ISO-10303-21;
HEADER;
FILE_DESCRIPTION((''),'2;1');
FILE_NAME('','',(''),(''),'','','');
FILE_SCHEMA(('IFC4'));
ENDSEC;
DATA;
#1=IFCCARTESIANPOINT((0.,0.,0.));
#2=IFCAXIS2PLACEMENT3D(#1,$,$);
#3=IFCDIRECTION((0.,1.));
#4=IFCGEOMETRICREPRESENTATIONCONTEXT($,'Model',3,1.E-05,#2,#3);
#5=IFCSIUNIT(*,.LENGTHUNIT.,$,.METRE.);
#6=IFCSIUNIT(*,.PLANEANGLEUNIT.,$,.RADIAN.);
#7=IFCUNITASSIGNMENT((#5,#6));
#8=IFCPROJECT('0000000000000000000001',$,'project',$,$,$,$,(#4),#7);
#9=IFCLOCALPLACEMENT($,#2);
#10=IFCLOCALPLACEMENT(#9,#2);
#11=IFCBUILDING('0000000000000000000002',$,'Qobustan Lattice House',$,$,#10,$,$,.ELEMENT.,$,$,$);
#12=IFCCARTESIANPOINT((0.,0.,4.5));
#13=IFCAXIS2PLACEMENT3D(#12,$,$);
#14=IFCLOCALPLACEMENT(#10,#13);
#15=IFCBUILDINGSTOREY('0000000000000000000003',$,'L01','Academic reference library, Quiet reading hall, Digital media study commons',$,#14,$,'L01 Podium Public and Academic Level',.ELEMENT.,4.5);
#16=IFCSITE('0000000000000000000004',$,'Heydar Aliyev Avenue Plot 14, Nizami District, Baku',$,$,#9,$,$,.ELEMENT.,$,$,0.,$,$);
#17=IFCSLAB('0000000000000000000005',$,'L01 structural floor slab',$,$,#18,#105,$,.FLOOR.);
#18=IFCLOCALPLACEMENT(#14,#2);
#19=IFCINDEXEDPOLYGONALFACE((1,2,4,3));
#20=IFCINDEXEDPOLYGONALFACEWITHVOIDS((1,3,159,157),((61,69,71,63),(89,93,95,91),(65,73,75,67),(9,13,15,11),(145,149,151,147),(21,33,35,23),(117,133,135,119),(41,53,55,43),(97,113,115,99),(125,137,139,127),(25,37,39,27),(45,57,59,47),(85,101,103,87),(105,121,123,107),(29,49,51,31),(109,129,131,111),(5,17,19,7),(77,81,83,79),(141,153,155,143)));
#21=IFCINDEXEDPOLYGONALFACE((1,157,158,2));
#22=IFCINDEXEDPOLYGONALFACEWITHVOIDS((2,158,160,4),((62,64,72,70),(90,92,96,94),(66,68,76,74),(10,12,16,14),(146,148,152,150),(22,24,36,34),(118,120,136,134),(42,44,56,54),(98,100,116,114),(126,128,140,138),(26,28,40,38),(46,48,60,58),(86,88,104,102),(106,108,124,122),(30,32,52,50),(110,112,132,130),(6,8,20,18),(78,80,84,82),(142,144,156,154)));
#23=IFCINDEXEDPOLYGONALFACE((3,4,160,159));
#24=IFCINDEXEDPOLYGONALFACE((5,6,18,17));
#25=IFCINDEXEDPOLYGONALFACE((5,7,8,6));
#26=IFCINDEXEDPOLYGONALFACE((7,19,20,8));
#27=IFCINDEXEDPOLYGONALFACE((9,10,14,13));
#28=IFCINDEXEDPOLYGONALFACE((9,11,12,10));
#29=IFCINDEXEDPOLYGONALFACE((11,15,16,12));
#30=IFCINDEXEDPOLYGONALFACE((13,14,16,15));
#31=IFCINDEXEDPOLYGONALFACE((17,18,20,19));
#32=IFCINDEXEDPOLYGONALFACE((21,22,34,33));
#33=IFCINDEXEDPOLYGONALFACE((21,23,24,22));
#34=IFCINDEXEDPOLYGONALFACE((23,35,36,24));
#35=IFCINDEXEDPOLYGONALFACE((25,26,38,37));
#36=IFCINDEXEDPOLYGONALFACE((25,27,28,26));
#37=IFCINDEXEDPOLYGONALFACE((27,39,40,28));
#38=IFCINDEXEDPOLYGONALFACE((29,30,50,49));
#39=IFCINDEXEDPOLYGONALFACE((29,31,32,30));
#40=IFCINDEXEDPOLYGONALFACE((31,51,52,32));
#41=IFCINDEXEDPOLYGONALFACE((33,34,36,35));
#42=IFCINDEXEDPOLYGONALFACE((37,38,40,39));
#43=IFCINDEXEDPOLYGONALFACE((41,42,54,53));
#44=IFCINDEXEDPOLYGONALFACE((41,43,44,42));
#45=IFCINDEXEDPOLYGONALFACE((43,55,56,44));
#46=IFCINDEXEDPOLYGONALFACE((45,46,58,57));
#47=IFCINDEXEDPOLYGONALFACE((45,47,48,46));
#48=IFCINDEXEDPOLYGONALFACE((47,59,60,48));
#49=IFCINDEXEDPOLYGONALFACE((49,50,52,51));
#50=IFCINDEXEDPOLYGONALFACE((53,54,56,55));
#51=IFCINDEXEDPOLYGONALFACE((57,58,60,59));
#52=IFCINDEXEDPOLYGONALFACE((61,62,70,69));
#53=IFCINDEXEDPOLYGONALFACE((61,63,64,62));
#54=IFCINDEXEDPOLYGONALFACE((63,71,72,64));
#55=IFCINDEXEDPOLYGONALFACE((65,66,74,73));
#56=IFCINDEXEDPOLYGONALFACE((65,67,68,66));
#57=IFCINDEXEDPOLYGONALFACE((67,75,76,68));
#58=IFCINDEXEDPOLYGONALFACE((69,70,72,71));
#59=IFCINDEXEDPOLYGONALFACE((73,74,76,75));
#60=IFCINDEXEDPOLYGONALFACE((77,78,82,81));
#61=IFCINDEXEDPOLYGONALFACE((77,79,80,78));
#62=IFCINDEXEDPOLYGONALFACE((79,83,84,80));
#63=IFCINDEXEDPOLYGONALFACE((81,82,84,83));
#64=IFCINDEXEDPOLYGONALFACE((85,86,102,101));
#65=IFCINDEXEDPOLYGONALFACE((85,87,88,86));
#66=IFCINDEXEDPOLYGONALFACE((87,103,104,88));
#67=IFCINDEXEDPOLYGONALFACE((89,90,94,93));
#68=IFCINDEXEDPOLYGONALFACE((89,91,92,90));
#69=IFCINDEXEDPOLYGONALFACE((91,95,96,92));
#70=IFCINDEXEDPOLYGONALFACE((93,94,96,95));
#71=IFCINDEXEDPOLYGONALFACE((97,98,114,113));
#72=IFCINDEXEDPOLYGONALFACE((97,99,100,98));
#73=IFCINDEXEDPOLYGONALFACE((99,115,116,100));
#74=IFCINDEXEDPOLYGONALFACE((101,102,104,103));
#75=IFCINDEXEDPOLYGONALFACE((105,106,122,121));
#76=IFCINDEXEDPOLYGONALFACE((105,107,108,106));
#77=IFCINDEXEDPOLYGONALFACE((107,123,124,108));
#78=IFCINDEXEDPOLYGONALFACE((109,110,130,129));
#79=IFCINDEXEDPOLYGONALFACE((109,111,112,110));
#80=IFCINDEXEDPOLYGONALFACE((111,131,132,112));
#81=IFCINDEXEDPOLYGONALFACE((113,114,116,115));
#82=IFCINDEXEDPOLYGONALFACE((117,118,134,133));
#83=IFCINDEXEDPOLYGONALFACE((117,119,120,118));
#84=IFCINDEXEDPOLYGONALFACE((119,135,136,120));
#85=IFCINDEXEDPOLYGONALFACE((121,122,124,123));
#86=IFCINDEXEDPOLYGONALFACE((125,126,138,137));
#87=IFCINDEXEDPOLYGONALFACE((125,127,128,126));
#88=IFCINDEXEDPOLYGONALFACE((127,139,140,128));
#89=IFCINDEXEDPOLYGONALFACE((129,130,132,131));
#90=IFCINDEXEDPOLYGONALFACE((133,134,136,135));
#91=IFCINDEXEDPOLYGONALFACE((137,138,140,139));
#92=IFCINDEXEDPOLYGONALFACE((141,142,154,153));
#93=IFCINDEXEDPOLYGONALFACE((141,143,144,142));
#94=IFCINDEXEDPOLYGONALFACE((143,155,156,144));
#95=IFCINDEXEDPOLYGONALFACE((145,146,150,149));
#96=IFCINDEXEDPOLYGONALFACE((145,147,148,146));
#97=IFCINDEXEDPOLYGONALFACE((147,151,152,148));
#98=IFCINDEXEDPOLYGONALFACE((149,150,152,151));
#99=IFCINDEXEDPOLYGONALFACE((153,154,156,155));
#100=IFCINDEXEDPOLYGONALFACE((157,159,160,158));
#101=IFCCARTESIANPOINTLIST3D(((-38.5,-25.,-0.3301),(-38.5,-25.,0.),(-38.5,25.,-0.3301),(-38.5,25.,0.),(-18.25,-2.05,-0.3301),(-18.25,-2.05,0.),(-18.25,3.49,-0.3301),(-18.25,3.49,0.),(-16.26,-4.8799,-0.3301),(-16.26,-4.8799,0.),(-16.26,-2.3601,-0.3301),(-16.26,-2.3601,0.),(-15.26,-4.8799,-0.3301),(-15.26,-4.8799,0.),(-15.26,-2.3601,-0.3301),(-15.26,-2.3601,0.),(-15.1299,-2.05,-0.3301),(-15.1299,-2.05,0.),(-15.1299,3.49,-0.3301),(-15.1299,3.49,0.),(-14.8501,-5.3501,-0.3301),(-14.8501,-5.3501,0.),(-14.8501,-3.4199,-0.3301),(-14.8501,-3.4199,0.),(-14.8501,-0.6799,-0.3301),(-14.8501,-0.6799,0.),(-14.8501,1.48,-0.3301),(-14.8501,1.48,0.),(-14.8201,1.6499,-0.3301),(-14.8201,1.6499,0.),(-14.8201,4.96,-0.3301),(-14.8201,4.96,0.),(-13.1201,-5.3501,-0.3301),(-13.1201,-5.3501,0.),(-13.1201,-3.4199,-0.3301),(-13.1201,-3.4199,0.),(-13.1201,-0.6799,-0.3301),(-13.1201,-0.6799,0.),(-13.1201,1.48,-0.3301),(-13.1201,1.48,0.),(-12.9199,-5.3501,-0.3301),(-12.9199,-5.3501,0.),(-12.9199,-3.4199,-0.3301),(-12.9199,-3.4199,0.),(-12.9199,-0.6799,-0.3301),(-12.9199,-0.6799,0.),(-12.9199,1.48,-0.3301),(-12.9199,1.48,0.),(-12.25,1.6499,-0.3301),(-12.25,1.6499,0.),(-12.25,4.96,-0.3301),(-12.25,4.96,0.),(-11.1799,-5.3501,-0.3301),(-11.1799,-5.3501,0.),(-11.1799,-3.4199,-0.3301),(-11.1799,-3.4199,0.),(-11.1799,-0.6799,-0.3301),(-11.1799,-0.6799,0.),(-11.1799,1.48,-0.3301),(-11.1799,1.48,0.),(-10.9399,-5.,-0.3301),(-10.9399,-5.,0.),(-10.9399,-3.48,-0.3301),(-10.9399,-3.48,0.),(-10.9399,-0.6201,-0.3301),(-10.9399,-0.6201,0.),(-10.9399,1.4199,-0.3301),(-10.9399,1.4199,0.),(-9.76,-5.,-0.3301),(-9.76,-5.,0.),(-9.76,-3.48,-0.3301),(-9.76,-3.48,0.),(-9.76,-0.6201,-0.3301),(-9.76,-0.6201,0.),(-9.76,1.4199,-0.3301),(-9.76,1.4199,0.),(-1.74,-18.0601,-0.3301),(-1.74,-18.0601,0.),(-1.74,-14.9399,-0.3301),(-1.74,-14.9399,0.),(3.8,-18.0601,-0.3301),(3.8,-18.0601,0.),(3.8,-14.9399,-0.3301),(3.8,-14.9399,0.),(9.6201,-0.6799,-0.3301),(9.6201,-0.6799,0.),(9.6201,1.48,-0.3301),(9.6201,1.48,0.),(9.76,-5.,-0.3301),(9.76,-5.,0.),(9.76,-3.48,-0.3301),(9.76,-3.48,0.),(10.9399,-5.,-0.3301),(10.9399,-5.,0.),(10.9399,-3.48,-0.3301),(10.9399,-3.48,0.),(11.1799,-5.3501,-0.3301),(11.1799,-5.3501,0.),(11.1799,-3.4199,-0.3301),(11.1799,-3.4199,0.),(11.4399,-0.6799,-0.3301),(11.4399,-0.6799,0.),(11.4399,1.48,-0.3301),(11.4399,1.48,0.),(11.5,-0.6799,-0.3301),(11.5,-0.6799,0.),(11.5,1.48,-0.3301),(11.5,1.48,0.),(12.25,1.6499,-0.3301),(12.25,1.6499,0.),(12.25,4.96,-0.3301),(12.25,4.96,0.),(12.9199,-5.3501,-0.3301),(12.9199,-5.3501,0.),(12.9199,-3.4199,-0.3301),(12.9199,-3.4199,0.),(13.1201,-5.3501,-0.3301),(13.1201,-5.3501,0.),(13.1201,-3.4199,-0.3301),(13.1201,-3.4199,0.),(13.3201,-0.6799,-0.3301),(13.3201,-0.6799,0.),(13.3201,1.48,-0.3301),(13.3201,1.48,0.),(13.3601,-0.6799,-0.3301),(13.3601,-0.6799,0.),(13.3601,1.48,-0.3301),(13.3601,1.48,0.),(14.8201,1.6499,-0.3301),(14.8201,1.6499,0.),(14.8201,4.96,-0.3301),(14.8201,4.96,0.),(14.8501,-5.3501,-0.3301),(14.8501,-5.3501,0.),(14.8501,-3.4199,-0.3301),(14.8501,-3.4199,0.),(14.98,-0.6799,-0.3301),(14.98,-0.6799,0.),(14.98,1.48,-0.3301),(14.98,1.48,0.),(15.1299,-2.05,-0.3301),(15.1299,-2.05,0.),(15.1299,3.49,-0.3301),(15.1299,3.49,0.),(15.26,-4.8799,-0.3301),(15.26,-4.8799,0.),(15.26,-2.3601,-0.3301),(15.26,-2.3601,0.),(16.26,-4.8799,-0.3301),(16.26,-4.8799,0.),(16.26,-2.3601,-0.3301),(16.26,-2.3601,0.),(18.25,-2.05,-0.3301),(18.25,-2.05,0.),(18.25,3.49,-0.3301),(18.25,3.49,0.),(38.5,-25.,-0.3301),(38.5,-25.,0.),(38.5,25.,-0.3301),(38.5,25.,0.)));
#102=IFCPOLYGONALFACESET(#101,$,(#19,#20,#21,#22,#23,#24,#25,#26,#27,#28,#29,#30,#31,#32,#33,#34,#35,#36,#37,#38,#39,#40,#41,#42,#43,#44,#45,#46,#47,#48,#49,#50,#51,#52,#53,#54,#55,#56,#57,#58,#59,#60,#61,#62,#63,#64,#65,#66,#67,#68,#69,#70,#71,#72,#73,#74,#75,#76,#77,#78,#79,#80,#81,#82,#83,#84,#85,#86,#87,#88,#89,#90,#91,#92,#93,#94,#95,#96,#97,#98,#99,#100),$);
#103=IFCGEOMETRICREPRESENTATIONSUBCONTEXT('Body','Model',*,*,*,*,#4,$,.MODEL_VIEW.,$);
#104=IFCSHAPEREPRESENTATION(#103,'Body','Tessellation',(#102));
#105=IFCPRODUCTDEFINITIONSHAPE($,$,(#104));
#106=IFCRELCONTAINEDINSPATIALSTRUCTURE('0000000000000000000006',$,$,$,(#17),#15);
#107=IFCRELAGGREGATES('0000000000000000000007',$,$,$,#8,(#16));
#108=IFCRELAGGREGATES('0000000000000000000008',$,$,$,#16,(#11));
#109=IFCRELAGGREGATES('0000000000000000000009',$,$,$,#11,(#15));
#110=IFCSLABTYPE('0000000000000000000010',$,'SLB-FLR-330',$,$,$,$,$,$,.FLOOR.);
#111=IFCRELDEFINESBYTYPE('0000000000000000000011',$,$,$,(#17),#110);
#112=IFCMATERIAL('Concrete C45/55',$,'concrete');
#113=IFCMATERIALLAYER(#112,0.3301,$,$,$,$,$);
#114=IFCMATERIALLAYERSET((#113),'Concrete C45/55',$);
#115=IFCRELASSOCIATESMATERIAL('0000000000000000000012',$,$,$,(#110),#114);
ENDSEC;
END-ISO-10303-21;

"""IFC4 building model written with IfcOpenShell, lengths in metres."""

from ifc_helpers import new_model, si_unit, direction, frame, origin, place, context, subcontext, project, spatial, polyline, outline, extrude, material, layer, layer_set, type_object, element, save


model = new_model("IFC4")

# Units and contexts
model_context = context("Model", 3, precision=1e-05, world=origin(), true_north=direction((0.0, 1.0)))
body_context = subcontext(model_context, "Body", "Model", "MODEL_VIEW")
ifc_project = project(units=[si_unit("LENGTHUNIT", "METRE"), si_unit("PLANEANGLEUNIT", "RADIAN")], contexts=[model_context])

# Site, building, storey
site_placement = place(None, origin())
site = spatial("IfcSite", under=ifc_project, at=site_placement, Name="Heydar Aliyev Avenue Plot 14, Nizami District, Baku", CompositionType="ELEMENT", RefElevation=0.0)
building_placement = place(site_placement, origin())
building = spatial("IfcBuilding", under=site, at=building_placement, Name="Qobustan Lattice House", CompositionType="ELEMENT")
storey_placement = place(building_placement, frame((0.0, 0.0, 4.5)))
storey = spatial("IfcBuildingStorey", under=building, at=storey_placement, Name="L01", Description="Academic reference library, Quiet reading hall, Digital media study commons", LongName="L01 Podium Public and Academic Level", CompositionType="ELEMENT", Elevation=4.5)

# Slab
ifc_material_1 = material(Name="Concrete C45/55", Category="concrete")
ifc_layer_1 = layer(ifc_material_1, 0.3301)
ifc_layer_set_1 = layer_set([ifc_layer_1], Name="Concrete C45/55")
slab_type_1 = type_object("IfcSlabType", Name="SLB-FLR-330", PredefinedType="FLOOR", material=ifc_layer_set_1)
slab_1_placement = place(storey_placement, frame((0.0, 0.0, -0.3301)))
element("IfcSlab", 1, at=slab_1_placement, inside=storey, type_object=slab_type_1, Name="L01 structural floor slab", PredefinedType="FLOOR", context=body_context, shape_type="SweptSolid", body=[
    extrude(outline(polyline([(-38.5, -25.0), (38.5, -25.0), (38.5, 25.0), (-38.5, 25.0), (-38.5, -25.0)]), holes=[polyline([(-18.25, -2.05), (-18.25, 3.49), (-15.1299, 3.49), (-15.1299, -2.05), (-18.25, -2.05)]), polyline([(15.1299, -2.05), (15.1299, 3.49), (18.25, 3.49), (18.25, -2.05), (15.1299, -2.05)]), polyline([(-14.8201, 1.6499), (-14.8201, 4.96), (-12.25, 4.96), (-12.25, 1.6499), (-14.8201, 1.6499)]), polyline([(12.25, 1.6499), (12.25, 4.96), (14.8201, 4.96), (14.8201, 1.6499), (12.25, 1.6499)]), polyline([(-16.26, -4.8799), (-16.26, -2.3601), (-15.26, -2.3601), (-15.26, -4.8799), (-16.26, -4.8799)]), polyline([(15.26, -4.8799), (15.26, -2.3601), (16.26, -2.3601), (16.26, -4.8799), (15.26, -4.8799)]), polyline([(-14.8501, -5.3501), (-14.8501, -3.4199), (-13.1201, -3.4199), (-13.1201, -5.3501), (-14.8501, -5.3501)]), polyline([(-12.9199, -5.3501), (-12.9199, -3.4199), (-11.1799, -3.4199), (-11.1799, -5.3501), (-12.9199, -5.3501)]), polyline([(-14.8501, -0.6799), (-14.8501, 1.48), (-13.1201, 1.48), (-13.1201, -0.6799), (-14.8501, -0.6799)]), polyline([(-12.9199, -0.6799), (-12.9199, 1.48), (-11.1799, 1.48), (-11.1799, -0.6799), (-12.9199, -0.6799)]), polyline([(-10.9399, -5.0), (-10.9399, -3.48), (-9.76, -3.48), (-9.76, -5.0), (-10.9399, -5.0)]), polyline([(-10.9399, -0.6201), (-10.9399, 1.4199), (-9.76, 1.4199), (-9.76, -0.6201), (-10.9399, -0.6201)]), polyline([(11.1799, -5.3501), (11.1799, -3.4199), (12.9199, -3.4199), (12.9199, -5.3501), (11.1799, -5.3501)]), polyline([(13.1201, -5.3501), (13.1201, -3.4199), (14.8501, -3.4199), (14.8501, -5.3501), (13.1201, -5.3501)]), polyline([(9.76, -5.0), (9.76, -3.48), (10.9399, -3.48), (10.9399, -5.0), (9.76, -5.0)]), polyline([(13.3601, -0.6799), (13.3601, 1.48), (14.98, 1.48), (14.98, -0.6799), (13.3601, -0.6799)]), polyline([(9.6201, -0.6799), (9.6201, 1.48), (11.4399, 1.48), (11.4399, -0.6799), (9.6201, -0.6799)]), polyline([(11.5, -0.6799), (11.5, 1.48), (13.3201, 1.48), (13.3201, -0.6799), (11.5, -0.6799)]), polyline([(-1.74, -18.0601), (-1.74, -14.9399), (3.8, -14.9399), (3.8, -18.0601), (-1.74, -18.0601)])]), origin(), (0.0, 0.0, 1.0), 0.3301),
])

save(model, "model.ifc")
